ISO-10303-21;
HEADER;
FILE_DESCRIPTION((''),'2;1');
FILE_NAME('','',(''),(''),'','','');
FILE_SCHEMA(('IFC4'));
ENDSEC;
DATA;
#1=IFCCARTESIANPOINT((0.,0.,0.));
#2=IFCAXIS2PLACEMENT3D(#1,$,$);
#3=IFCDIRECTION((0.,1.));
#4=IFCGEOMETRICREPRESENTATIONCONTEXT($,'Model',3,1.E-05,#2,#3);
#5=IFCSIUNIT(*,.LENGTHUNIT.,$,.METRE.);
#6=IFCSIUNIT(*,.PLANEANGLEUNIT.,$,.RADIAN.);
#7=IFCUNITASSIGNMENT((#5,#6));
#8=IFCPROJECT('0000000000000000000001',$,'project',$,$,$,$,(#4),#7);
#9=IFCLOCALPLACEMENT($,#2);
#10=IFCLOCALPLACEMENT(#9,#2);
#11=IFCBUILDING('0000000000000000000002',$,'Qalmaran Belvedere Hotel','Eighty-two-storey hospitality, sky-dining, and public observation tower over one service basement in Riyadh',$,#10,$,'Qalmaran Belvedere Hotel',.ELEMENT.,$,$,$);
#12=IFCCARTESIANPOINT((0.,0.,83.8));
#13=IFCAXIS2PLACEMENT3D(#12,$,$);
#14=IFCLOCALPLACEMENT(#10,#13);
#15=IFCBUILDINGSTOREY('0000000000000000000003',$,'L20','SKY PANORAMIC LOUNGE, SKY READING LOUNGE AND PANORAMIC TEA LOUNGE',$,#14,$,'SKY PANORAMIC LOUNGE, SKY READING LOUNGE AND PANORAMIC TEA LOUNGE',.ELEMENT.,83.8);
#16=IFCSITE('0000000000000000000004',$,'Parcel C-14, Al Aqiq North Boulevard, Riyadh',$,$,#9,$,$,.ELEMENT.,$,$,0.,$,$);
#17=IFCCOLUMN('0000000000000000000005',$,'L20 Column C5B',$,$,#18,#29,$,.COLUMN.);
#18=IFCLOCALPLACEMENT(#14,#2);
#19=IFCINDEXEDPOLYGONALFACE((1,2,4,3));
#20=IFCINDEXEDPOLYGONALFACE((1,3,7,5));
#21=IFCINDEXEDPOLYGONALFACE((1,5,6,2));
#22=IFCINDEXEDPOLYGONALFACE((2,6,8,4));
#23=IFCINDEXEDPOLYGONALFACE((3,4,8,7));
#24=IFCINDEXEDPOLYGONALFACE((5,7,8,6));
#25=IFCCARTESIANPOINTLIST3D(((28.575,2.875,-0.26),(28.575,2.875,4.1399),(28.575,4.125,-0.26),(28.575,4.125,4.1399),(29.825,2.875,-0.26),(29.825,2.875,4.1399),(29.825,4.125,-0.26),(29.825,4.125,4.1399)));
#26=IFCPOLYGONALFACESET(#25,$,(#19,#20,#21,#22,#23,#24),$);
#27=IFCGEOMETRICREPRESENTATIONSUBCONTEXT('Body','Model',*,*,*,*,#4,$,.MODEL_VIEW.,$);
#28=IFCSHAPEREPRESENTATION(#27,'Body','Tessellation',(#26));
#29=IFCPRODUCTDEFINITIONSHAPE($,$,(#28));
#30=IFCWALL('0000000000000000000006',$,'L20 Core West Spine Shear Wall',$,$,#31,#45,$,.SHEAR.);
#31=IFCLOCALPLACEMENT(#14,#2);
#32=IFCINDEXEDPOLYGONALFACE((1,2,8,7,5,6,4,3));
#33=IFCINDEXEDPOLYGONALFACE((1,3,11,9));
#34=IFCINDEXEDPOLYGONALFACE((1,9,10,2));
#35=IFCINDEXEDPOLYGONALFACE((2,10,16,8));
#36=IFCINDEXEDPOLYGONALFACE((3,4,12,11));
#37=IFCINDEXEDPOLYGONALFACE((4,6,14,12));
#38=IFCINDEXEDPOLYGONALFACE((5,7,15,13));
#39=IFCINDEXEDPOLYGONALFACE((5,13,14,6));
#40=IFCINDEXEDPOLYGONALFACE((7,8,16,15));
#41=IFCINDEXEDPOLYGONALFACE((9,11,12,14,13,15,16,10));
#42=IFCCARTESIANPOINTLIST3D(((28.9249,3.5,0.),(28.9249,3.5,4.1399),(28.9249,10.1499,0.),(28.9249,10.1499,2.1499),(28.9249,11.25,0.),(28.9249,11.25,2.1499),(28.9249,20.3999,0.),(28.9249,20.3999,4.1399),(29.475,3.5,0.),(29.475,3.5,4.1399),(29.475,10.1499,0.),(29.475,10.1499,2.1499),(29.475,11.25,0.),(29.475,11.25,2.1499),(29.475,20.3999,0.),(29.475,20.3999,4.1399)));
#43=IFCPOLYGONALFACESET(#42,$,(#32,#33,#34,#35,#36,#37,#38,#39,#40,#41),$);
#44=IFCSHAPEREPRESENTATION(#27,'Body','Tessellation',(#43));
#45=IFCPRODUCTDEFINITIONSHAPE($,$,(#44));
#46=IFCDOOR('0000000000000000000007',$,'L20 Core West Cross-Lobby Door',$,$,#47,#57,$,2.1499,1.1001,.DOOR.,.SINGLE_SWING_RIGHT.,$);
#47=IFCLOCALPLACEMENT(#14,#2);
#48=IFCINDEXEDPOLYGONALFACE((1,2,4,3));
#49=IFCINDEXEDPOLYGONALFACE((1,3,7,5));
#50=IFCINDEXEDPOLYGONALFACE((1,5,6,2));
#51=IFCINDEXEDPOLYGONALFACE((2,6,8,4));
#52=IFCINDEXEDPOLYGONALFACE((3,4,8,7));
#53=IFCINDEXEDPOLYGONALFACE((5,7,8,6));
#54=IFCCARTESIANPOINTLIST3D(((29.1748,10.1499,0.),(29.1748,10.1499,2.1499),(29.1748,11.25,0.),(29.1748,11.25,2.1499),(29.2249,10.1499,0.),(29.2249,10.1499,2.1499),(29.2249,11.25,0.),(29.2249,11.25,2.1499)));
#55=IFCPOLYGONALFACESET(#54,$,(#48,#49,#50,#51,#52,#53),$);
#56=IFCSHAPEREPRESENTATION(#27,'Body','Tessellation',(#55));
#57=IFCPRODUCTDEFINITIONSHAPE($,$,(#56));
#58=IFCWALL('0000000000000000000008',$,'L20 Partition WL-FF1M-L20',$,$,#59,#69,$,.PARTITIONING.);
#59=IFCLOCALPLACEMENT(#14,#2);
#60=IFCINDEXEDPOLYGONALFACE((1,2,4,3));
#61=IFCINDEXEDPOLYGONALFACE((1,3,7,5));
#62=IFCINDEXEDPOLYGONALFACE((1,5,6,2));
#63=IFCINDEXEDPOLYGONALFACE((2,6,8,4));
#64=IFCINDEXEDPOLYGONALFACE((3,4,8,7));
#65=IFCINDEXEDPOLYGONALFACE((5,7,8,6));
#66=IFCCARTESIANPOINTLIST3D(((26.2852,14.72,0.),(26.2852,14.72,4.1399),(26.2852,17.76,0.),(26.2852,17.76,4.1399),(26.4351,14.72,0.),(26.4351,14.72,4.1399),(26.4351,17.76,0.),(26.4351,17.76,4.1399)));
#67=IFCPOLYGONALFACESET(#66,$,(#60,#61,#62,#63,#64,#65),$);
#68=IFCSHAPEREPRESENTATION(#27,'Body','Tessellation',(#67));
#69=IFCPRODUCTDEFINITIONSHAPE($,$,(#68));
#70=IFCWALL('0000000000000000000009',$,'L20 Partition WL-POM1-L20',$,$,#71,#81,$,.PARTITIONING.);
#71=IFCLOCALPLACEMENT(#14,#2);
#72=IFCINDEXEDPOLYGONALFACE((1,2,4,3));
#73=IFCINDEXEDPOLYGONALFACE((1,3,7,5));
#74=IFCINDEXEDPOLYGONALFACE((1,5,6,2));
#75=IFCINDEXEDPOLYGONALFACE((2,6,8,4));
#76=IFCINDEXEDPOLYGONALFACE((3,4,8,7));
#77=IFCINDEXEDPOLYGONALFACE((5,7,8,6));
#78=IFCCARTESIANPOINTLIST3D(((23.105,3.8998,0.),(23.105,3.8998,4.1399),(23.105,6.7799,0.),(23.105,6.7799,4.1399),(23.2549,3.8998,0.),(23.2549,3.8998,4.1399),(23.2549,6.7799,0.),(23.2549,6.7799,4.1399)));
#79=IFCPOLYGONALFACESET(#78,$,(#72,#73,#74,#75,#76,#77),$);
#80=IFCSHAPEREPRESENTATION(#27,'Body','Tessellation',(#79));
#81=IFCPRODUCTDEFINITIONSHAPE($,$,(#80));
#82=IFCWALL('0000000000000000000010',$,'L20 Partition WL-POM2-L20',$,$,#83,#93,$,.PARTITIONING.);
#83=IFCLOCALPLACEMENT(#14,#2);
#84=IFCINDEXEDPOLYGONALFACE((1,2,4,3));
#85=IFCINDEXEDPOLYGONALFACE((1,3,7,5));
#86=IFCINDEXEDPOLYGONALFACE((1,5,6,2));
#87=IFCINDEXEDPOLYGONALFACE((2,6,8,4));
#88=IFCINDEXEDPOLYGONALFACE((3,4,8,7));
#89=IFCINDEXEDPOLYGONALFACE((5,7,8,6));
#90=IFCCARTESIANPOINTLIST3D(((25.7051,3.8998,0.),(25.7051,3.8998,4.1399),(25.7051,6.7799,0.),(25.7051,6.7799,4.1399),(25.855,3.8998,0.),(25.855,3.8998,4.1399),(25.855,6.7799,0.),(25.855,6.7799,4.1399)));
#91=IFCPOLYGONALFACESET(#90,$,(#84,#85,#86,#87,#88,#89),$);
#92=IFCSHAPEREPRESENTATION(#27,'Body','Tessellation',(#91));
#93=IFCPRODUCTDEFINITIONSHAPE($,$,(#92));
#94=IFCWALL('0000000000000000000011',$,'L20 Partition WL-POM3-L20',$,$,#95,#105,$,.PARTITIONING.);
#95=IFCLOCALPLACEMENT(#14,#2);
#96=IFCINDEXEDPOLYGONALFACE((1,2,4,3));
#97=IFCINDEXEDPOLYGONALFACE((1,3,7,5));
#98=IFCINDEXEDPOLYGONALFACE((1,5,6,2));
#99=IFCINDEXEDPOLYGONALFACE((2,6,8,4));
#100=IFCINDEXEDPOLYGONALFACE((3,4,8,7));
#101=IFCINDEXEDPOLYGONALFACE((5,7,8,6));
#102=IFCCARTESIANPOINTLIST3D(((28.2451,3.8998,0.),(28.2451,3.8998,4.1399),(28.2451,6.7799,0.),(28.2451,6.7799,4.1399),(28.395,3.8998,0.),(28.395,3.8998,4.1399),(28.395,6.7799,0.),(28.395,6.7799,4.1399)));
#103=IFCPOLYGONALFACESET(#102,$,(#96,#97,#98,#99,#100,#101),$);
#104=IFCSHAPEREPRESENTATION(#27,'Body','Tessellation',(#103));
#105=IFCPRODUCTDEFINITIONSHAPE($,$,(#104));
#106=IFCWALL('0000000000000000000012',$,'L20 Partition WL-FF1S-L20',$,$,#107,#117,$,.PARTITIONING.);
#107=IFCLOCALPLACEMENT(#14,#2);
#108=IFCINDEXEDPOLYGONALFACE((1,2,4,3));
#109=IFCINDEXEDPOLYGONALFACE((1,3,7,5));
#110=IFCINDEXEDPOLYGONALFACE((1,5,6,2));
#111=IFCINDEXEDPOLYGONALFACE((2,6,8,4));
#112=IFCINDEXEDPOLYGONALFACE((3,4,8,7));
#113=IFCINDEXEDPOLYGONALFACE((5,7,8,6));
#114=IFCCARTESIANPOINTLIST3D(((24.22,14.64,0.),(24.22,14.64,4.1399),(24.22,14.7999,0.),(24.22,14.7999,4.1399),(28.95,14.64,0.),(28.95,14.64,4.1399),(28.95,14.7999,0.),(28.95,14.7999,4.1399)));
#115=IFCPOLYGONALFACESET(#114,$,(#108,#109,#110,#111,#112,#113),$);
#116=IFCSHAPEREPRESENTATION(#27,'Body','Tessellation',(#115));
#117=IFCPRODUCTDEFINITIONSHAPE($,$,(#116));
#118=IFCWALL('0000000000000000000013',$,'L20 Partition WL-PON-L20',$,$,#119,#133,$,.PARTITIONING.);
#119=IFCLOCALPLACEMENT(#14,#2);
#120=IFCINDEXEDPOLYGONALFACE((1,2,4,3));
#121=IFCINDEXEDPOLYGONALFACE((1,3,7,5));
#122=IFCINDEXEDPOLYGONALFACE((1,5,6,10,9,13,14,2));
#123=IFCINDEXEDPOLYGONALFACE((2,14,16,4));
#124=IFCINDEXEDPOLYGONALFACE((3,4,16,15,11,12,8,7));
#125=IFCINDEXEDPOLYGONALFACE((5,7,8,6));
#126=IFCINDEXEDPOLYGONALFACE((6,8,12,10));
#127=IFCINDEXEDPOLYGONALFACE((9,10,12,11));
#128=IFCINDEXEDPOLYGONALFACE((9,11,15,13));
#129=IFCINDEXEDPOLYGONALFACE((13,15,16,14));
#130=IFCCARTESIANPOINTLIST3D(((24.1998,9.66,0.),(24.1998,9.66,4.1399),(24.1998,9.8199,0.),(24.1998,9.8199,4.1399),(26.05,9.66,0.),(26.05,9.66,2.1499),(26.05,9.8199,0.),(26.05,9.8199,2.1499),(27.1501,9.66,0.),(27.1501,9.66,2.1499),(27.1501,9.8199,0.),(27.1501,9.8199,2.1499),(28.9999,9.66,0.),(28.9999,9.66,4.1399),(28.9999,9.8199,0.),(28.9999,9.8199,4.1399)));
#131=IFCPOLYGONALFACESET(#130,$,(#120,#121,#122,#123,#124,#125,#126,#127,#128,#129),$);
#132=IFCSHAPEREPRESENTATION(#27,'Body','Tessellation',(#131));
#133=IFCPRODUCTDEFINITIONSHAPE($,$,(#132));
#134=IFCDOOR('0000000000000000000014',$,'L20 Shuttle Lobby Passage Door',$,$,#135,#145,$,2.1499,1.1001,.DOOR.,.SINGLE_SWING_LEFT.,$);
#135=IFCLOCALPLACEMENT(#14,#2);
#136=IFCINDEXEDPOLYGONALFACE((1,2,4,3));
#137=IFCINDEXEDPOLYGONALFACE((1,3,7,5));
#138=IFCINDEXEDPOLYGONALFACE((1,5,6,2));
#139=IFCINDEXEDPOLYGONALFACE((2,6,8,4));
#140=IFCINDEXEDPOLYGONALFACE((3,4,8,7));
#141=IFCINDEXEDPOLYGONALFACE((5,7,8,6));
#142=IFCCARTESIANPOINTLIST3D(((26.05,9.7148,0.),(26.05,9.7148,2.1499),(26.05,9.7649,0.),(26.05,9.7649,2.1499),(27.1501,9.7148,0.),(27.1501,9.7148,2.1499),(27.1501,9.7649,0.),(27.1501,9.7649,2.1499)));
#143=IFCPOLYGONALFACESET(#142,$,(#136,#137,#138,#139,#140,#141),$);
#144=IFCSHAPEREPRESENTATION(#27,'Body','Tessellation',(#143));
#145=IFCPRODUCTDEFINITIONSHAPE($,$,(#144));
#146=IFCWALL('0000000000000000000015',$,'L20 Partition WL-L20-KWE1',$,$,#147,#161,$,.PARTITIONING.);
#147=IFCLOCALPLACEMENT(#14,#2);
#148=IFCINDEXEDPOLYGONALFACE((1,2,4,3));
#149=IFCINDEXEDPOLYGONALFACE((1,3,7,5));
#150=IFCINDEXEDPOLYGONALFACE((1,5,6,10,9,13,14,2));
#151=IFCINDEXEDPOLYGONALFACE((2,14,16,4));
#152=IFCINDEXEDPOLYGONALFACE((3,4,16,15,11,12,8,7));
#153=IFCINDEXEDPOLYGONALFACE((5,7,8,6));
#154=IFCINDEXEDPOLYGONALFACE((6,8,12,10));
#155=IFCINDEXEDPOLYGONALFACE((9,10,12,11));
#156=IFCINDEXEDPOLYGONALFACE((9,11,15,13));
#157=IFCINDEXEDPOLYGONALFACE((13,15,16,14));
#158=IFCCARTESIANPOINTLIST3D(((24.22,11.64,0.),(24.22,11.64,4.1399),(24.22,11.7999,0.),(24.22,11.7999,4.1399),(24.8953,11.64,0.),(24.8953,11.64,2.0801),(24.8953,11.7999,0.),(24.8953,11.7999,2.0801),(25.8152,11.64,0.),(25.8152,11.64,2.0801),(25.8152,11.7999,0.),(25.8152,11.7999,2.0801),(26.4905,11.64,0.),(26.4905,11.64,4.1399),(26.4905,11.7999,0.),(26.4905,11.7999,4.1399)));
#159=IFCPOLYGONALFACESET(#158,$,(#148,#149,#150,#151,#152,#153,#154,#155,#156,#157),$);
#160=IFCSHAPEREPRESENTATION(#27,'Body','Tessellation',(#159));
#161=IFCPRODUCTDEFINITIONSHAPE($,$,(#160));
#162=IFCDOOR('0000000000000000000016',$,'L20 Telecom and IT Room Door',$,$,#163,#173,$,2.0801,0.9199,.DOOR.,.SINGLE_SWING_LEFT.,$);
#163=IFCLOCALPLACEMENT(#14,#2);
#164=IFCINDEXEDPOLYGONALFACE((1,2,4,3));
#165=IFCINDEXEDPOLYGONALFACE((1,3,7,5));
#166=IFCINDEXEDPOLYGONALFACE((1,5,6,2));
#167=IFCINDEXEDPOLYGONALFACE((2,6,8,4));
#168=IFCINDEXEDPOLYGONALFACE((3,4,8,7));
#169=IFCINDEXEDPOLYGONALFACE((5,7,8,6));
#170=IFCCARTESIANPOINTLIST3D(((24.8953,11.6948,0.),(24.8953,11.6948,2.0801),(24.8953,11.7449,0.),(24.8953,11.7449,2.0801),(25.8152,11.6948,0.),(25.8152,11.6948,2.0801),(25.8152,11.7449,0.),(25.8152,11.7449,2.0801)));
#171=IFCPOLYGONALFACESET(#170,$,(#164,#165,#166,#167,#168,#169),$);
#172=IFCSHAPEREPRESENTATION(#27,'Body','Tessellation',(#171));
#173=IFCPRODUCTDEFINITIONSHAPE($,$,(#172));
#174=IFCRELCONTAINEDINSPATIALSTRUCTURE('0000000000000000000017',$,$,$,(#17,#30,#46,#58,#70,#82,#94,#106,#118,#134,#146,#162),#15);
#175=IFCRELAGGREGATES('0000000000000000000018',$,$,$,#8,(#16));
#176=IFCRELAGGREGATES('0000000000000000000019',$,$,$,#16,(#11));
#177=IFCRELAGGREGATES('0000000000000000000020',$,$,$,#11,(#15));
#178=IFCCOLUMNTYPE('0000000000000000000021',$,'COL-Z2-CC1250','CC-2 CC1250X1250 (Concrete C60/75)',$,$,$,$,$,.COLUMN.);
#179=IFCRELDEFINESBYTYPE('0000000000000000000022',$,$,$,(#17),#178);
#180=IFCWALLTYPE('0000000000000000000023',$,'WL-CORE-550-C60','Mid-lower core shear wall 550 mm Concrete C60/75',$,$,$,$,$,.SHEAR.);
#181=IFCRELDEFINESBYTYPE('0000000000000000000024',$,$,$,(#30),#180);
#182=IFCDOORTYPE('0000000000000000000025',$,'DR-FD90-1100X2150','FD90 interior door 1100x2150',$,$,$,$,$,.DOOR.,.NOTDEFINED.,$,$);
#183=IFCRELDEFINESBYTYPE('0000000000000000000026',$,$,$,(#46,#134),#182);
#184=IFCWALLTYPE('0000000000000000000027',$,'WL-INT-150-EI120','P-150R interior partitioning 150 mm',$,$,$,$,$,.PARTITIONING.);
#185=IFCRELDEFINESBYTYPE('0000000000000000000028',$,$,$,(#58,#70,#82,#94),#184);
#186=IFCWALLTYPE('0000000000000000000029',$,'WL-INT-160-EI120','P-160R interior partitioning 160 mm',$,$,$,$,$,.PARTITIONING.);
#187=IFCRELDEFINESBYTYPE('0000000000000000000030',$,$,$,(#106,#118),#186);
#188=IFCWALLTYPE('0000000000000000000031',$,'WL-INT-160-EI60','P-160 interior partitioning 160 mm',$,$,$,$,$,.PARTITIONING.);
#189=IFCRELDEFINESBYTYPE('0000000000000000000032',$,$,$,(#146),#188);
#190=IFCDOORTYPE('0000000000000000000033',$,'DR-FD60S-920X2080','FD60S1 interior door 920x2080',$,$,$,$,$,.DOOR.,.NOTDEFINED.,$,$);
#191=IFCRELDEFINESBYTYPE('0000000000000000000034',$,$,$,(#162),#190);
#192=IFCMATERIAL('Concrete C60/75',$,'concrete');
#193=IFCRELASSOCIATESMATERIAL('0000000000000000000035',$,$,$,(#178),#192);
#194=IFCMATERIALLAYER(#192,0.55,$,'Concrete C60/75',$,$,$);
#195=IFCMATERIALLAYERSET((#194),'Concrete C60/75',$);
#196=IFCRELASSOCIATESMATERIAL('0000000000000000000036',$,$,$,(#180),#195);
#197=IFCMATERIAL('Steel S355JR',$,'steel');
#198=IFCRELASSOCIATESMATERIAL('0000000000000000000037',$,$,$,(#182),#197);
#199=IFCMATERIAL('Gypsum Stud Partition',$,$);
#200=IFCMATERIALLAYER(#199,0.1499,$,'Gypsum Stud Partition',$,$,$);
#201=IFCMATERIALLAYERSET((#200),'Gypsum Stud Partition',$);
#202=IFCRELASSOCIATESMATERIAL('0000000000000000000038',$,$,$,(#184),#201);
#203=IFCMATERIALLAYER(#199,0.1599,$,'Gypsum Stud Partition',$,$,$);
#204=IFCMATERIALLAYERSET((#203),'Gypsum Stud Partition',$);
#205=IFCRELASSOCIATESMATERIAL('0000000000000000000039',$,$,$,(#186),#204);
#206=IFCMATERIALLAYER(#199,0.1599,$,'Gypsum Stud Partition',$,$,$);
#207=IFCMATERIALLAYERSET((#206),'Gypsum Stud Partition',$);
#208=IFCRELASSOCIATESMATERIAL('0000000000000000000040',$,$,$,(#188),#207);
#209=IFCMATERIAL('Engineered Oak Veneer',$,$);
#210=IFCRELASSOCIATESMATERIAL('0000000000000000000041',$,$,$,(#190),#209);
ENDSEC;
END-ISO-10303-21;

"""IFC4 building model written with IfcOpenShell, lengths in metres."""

from ifc_helpers import new_model, si_unit, direction, frame, frame_2d, origin, origin_2d, place, context, subcontext, project, spatial, rectangle, extrude, material, layer, layer_set, material_profile, profile_set, type_object, element, fill, save


model = new_model("IFC4")

# Units and contexts
model_context = context("Model", 3, precision=1e-05, world=origin(), true_north=direction((0.0, 1.0)))
body_context = subcontext(model_context, "Body", "Model", "MODEL_VIEW")
ifc_project = project(units=[si_unit("LENGTHUNIT", "METRE"), si_unit("PLANEANGLEUNIT", "RADIAN")], contexts=[model_context])

# Site, building, storey
site_placement = place(None, origin())
site = spatial("IfcSite", under=ifc_project, at=site_placement, Name="Parcel C-14, Al Aqiq North Boulevard, Riyadh", CompositionType="ELEMENT", RefElevation=0.0)
building_placement = place(site_placement, origin())
building = spatial("IfcBuilding", under=site, at=building_placement, Name="Qalmaran Belvedere Hotel", Description="Eighty-two-storey hospitality, sky-dining, and public observation tower over one service basement in Riyadh", LongName="Qalmaran Belvedere Hotel", CompositionType="ELEMENT")
storey_placement = place(building_placement, frame((0.0, 0.0, 83.8)))
storey = spatial("IfcBuildingStorey", under=building, at=storey_placement, Name="L20", Description="SKY PANORAMIC LOUNGE, SKY READING LOUNGE AND PANORAMIC TEA LOUNGE", LongName="SKY PANORAMIC LOUNGE, SKY READING LOUNGE AND PANORAMIC TEA LOUNGE", CompositionType="ELEMENT", Elevation=83.8)

# Column
ifc_material_1 = material(Name="Concrete C60/75", Category="concrete")
ifc_material_profile = material_profile(ifc_material_1, rectangle(XDim=1.25, YDim=1.25, at=origin_2d()), Name="CC1250X1250")
ifc_profile_set = profile_set([ifc_material_profile], Name="Concrete C60/75")
column_type = type_object("IfcColumnType", Name="COL-Z2-CC1250", Description="CC-2 CC1250X1250 (Concrete C60/75)", PredefinedType="COLUMN", material=ifc_profile_set)
column_placement = place(storey_placement, frame((29.2, 3.5, -0.26), z_axis=(0.0, 0.0, 1.0), x_axis=(1.0, 0.0, 0.0)))
element("IfcColumn", 1, at=column_placement, inside=storey, type_object=column_type, Name="L20 Column C5B", PredefinedType="COLUMN", context=body_context, shape_type="SweptSolid", body=[
    extrude(rectangle(XDim=1.25, YDim=1.25, at=origin_2d()), origin(), (0.0, 0.0, 1.0), 4.3999),
])

# Wall, opening, door
ifc_layer_1 = layer(ifc_material_1, 0.55, Name="Concrete C60/75")
ifc_layer_set_1 = layer_set([ifc_layer_1], Name="Concrete C60/75")
wall_type_1 = type_object("IfcWallType", Name="WL-CORE-550-C60", Description="Mid-lower core shear wall 550 mm Concrete C60/75", PredefinedType="SHEAR", material=ifc_layer_set_1)
wall_1_placement = place(storey_placement, frame((29.2, 3.5, 0.0), z_axis=(0.0, 0.0, 1.0), x_axis=(0.0, 1.0, 0.0)))
wall_1 = element("IfcWall", 2, at=wall_1_placement, inside=storey, type_object=wall_type_1, Name="L20 Core West Spine Shear Wall", PredefinedType="SHEAR", context=body_context, shape_type="SweptSolid", body=[
    extrude(rectangle(XDim=16.8999, YDim=0.55, at=frame_2d((8.45, 0.0))), origin(), (0.0, 0.0, 1.0), 4.1399),
])
opening_1_placement = place(wall_1_placement, frame((7.75, 0.0, 0.0), z_axis=(0.0, 0.0, 1.0), x_axis=(-1.0, 0.0, 0.0)))
opening_1 = element("IfcOpeningElement", 3, at=opening_1_placement, cuts=wall_1, PredefinedType="OPENING", context=body_context, shape_type="SweptSolid", body=[
    extrude(rectangle(XDim=1.1001, YDim=2.1499, at=frame_2d((0.55, 1.075))), frame((0.0, 0.2852, 0.0), z_axis=(0.0, -1.0, 0.0), x_axis=(1.0, 0.0, 0.0)), (0.0, 0.0, 1.0), 0.5701),
])
ifc_material_2 = material(Name="Steel S355JR", Category="steel")
door_type_1 = type_object("IfcDoorType", Name="DR-FD90-1100X2150", Description="FD90 interior door 1100x2150", OperationType="NOTDEFINED", PredefinedType="DOOR", material=ifc_material_2)
door_1_placement = place(opening_1_placement, origin())
door_1 = element("IfcDoor", 4, at=door_1_placement, inside=storey, type_object=door_type_1, Name="L20 Core West Cross-Lobby Door", OperationType="SINGLE_SWING_RIGHT", OverallHeight=2.1499, OverallWidth=1.1001, PredefinedType="DOOR", context=body_context, shape_type="SweptSolid", body=[
    extrude(rectangle(XDim=1.1001, YDim=2.1499, at=frame_2d((0.55, 1.075))), frame((0.0, 0.0249, 0.0), z_axis=(0.0, -1.0, 0.0), x_axis=(1.0, 0.0, 0.0)), (0.0, 0.0, 1.0), 0.05),
])
fill(opening_1, door_1)

# Walls
ifc_material_3 = material(Name="Gypsum Stud Partition")
ifc_layer_2 = layer(ifc_material_3, 0.1499, Name="Gypsum Stud Partition")
ifc_layer_set_2 = layer_set([ifc_layer_2], Name="Gypsum Stud Partition")
wall_type_2 = type_object("IfcWallType", Name="WL-INT-150-EI120", Description="P-150R interior partitioning 150 mm", PredefinedType="PARTITIONING", material=ifc_layer_set_2)
wall_2_placement = place(storey_placement, frame((26.3601, 14.72, 0.0), z_axis=(0.0, 0.0, 1.0), x_axis=(0.0, 1.0, 0.0)))
element("IfcWall", 5, at=wall_2_placement, inside=storey, type_object=wall_type_2, Name="L20 Partition WL-FF1M-L20", PredefinedType="PARTITIONING", context=body_context, shape_type="SweptSolid", body=[
    extrude(rectangle(XDim=3.04, YDim=0.1499, at=frame_2d((1.52, 0.0))), origin(), (0.0, 0.0, 1.0), 4.1399),
])
for number, where, z_axis, x_axis, name in (
    (6, (23.1799, 3.8999, 0.0), (0.0, 0.0, 1.0), (0.0, 1.0, 0.0), "L20 Partition WL-POM1-L20"),
    (7, (25.78, 3.8999, 0.0), (0.0, 0.0, 1.0), (0.0, 1.0, 0.0), "L20 Partition WL-POM2-L20"),
    (8, (28.3201, 3.8999, 0.0), (0.0, 0.0, 1.0), (0.0, 1.0, 0.0), "L20 Partition WL-POM3-L20"),
):
    element("IfcWall", number, at=place(storey_placement, frame(where, z_axis=z_axis, x_axis=x_axis)), inside=storey, type_object=wall_type_2, Name=name, PredefinedType="PARTITIONING", context=body_context, shape_type="SweptSolid", body=[
        extrude(rectangle(XDim=2.8801, YDim=0.1499, at=frame_2d((1.4399, 0.0))), origin(), (0.0, 0.0, 1.0), 4.1399),
    ])
ifc_layer_3 = layer(ifc_material_3, 0.1599, Name="Gypsum Stud Partition")
ifc_layer_set_3 = layer_set([ifc_layer_3], Name="Gypsum Stud Partition")
wall_type_3 = type_object("IfcWallType", Name="WL-INT-160-EI120", Description="P-160R interior partitioning 160 mm", PredefinedType="PARTITIONING", material=ifc_layer_set_3)
wall_3_placement = place(storey_placement, frame((24.22, 14.72, 0.0), z_axis=(0.0, 0.0, 1.0), x_axis=(1.0, 0.0, 0.0)))
element("IfcWall", 9, at=wall_3_placement, inside=storey, type_object=wall_type_3, Name="L20 Partition WL-FF1S-L20", PredefinedType="PARTITIONING", context=body_context, shape_type="SweptSolid", body=[
    extrude(rectangle(XDim=4.73, YDim=0.1599, at=frame_2d((2.365, 0.0))), origin(), (0.0, 0.0, 1.0), 4.1399),
])

# Walls, openings, doors
wall_4_placement = place(storey_placement, frame((24.2, 9.74, 0.0), z_axis=(0.0, 0.0, 1.0), x_axis=(1.0, 0.0, 0.0)))
wall_4 = element("IfcWall", 10, at=wall_4_placement, inside=storey, type_object=wall_type_3, Name="L20 Partition WL-PON-L20", PredefinedType="PARTITIONING", context=body_context, shape_type="SweptSolid", body=[
    extrude(rectangle(XDim=4.8, YDim=0.1599, at=frame_2d((2.3999, 0.0))), origin(), (0.0, 0.0, 1.0), 4.1399),
])
opening_2_placement = place(wall_4_placement, frame((1.8501, 0.0, 0.0)))
opening_2 = element("IfcOpeningElement", 11, at=opening_2_placement, cuts=wall_4, PredefinedType="OPENING", context=body_context, shape_type="SweptSolid", body=[
    extrude(rectangle(XDim=1.1001, YDim=2.1499, at=frame_2d((0.55, 1.075))), frame((0.0, 0.0898, 0.0), z_axis=(0.0, -1.0, 0.0), x_axis=(1.0, 0.0, 0.0)), (0.0, 0.0, 1.0), 0.1799),
])
door_2_placement = place(opening_2_placement, origin())
door_2 = element("IfcDoor", 12, at=door_2_placement, inside=storey, type_object=door_type_1, Name="L20 Shuttle Lobby Passage Door", OperationType="SINGLE_SWING_LEFT", OverallHeight=2.1499, OverallWidth=1.1001, PredefinedType="DOOR", context=body_context, shape_type="SweptSolid", body=[
    extrude(rectangle(XDim=1.1001, YDim=2.1499, at=frame_2d((0.55, 1.075))), frame((0.0, 0.0249, 0.0), z_axis=(0.0, -1.0, 0.0), x_axis=(1.0, 0.0, 0.0)), (0.0, 0.0, 1.0), 0.05),
])
fill(opening_2, door_2)
ifc_layer_4 = layer(ifc_material_3, 0.1599, Name="Gypsum Stud Partition")
ifc_layer_set_4 = layer_set([ifc_layer_4], Name="Gypsum Stud Partition")
wall_type_4 = type_object("IfcWallType", Name="WL-INT-160-EI60", Description="P-160 interior partitioning 160 mm", PredefinedType="PARTITIONING", material=ifc_layer_set_4)
wall_5_placement = place(storey_placement, frame((24.22, 11.72, 0.0), z_axis=(0.0, 0.0, 1.0), x_axis=(1.0, 0.0, 0.0)))
wall_5 = element("IfcWall", 13, at=wall_5_placement, inside=storey, type_object=wall_type_4, Name="L20 Partition WL-L20-KWE1", PredefinedType="PARTITIONING", context=body_context, shape_type="SweptSolid", body=[
    extrude(rectangle(XDim=2.2705, YDim=0.1599, at=frame_2d((1.1353, 0.0))), origin(), (0.0, 0.0, 1.0), 4.1399),
])
opening_3_placement = place(wall_5_placement, frame((0.6753, 0.0, 0.0)))
opening_3 = element("IfcOpeningElement", 14, at=opening_3_placement, cuts=wall_5, PredefinedType="OPENING", context=body_context, shape_type="SweptSolid", body=[
    extrude(rectangle(XDim=0.9199, YDim=2.0801, at=frame_2d((0.46, 1.04))), frame((0.0, 0.0898, 0.0), z_axis=(0.0, -1.0, 0.0), x_axis=(1.0, 0.0, 0.0)), (0.0, 0.0, 1.0), 0.1799),
])
ifc_material_4 = material(Name="Engineered Oak Veneer")
door_type_2 = type_object("IfcDoorType", Name="DR-FD60S-920X2080", Description="FD60S1 interior door 920x2080", OperationType="NOTDEFINED", PredefinedType="DOOR", material=ifc_material_4)
door_3_placement = place(opening_3_placement, origin())
door_3 = element("IfcDoor", 15, at=door_3_placement, inside=storey, type_object=door_type_2, Name="L20 Telecom and IT Room Door", OperationType="SINGLE_SWING_LEFT", OverallHeight=2.0801, OverallWidth=0.9199, PredefinedType="DOOR", context=body_context, shape_type="SweptSolid", body=[
    extrude(rectangle(XDim=0.9199, YDim=2.0801, at=frame_2d((0.46, 1.04))), frame((0.0, 0.0249, 0.0), z_axis=(0.0, -1.0, 0.0), x_axis=(1.0, 0.0, 0.0)), (0.0, 0.0, 1.0), 0.05),
])
fill(opening_3, door_3)

save(model, "model.ifc")
